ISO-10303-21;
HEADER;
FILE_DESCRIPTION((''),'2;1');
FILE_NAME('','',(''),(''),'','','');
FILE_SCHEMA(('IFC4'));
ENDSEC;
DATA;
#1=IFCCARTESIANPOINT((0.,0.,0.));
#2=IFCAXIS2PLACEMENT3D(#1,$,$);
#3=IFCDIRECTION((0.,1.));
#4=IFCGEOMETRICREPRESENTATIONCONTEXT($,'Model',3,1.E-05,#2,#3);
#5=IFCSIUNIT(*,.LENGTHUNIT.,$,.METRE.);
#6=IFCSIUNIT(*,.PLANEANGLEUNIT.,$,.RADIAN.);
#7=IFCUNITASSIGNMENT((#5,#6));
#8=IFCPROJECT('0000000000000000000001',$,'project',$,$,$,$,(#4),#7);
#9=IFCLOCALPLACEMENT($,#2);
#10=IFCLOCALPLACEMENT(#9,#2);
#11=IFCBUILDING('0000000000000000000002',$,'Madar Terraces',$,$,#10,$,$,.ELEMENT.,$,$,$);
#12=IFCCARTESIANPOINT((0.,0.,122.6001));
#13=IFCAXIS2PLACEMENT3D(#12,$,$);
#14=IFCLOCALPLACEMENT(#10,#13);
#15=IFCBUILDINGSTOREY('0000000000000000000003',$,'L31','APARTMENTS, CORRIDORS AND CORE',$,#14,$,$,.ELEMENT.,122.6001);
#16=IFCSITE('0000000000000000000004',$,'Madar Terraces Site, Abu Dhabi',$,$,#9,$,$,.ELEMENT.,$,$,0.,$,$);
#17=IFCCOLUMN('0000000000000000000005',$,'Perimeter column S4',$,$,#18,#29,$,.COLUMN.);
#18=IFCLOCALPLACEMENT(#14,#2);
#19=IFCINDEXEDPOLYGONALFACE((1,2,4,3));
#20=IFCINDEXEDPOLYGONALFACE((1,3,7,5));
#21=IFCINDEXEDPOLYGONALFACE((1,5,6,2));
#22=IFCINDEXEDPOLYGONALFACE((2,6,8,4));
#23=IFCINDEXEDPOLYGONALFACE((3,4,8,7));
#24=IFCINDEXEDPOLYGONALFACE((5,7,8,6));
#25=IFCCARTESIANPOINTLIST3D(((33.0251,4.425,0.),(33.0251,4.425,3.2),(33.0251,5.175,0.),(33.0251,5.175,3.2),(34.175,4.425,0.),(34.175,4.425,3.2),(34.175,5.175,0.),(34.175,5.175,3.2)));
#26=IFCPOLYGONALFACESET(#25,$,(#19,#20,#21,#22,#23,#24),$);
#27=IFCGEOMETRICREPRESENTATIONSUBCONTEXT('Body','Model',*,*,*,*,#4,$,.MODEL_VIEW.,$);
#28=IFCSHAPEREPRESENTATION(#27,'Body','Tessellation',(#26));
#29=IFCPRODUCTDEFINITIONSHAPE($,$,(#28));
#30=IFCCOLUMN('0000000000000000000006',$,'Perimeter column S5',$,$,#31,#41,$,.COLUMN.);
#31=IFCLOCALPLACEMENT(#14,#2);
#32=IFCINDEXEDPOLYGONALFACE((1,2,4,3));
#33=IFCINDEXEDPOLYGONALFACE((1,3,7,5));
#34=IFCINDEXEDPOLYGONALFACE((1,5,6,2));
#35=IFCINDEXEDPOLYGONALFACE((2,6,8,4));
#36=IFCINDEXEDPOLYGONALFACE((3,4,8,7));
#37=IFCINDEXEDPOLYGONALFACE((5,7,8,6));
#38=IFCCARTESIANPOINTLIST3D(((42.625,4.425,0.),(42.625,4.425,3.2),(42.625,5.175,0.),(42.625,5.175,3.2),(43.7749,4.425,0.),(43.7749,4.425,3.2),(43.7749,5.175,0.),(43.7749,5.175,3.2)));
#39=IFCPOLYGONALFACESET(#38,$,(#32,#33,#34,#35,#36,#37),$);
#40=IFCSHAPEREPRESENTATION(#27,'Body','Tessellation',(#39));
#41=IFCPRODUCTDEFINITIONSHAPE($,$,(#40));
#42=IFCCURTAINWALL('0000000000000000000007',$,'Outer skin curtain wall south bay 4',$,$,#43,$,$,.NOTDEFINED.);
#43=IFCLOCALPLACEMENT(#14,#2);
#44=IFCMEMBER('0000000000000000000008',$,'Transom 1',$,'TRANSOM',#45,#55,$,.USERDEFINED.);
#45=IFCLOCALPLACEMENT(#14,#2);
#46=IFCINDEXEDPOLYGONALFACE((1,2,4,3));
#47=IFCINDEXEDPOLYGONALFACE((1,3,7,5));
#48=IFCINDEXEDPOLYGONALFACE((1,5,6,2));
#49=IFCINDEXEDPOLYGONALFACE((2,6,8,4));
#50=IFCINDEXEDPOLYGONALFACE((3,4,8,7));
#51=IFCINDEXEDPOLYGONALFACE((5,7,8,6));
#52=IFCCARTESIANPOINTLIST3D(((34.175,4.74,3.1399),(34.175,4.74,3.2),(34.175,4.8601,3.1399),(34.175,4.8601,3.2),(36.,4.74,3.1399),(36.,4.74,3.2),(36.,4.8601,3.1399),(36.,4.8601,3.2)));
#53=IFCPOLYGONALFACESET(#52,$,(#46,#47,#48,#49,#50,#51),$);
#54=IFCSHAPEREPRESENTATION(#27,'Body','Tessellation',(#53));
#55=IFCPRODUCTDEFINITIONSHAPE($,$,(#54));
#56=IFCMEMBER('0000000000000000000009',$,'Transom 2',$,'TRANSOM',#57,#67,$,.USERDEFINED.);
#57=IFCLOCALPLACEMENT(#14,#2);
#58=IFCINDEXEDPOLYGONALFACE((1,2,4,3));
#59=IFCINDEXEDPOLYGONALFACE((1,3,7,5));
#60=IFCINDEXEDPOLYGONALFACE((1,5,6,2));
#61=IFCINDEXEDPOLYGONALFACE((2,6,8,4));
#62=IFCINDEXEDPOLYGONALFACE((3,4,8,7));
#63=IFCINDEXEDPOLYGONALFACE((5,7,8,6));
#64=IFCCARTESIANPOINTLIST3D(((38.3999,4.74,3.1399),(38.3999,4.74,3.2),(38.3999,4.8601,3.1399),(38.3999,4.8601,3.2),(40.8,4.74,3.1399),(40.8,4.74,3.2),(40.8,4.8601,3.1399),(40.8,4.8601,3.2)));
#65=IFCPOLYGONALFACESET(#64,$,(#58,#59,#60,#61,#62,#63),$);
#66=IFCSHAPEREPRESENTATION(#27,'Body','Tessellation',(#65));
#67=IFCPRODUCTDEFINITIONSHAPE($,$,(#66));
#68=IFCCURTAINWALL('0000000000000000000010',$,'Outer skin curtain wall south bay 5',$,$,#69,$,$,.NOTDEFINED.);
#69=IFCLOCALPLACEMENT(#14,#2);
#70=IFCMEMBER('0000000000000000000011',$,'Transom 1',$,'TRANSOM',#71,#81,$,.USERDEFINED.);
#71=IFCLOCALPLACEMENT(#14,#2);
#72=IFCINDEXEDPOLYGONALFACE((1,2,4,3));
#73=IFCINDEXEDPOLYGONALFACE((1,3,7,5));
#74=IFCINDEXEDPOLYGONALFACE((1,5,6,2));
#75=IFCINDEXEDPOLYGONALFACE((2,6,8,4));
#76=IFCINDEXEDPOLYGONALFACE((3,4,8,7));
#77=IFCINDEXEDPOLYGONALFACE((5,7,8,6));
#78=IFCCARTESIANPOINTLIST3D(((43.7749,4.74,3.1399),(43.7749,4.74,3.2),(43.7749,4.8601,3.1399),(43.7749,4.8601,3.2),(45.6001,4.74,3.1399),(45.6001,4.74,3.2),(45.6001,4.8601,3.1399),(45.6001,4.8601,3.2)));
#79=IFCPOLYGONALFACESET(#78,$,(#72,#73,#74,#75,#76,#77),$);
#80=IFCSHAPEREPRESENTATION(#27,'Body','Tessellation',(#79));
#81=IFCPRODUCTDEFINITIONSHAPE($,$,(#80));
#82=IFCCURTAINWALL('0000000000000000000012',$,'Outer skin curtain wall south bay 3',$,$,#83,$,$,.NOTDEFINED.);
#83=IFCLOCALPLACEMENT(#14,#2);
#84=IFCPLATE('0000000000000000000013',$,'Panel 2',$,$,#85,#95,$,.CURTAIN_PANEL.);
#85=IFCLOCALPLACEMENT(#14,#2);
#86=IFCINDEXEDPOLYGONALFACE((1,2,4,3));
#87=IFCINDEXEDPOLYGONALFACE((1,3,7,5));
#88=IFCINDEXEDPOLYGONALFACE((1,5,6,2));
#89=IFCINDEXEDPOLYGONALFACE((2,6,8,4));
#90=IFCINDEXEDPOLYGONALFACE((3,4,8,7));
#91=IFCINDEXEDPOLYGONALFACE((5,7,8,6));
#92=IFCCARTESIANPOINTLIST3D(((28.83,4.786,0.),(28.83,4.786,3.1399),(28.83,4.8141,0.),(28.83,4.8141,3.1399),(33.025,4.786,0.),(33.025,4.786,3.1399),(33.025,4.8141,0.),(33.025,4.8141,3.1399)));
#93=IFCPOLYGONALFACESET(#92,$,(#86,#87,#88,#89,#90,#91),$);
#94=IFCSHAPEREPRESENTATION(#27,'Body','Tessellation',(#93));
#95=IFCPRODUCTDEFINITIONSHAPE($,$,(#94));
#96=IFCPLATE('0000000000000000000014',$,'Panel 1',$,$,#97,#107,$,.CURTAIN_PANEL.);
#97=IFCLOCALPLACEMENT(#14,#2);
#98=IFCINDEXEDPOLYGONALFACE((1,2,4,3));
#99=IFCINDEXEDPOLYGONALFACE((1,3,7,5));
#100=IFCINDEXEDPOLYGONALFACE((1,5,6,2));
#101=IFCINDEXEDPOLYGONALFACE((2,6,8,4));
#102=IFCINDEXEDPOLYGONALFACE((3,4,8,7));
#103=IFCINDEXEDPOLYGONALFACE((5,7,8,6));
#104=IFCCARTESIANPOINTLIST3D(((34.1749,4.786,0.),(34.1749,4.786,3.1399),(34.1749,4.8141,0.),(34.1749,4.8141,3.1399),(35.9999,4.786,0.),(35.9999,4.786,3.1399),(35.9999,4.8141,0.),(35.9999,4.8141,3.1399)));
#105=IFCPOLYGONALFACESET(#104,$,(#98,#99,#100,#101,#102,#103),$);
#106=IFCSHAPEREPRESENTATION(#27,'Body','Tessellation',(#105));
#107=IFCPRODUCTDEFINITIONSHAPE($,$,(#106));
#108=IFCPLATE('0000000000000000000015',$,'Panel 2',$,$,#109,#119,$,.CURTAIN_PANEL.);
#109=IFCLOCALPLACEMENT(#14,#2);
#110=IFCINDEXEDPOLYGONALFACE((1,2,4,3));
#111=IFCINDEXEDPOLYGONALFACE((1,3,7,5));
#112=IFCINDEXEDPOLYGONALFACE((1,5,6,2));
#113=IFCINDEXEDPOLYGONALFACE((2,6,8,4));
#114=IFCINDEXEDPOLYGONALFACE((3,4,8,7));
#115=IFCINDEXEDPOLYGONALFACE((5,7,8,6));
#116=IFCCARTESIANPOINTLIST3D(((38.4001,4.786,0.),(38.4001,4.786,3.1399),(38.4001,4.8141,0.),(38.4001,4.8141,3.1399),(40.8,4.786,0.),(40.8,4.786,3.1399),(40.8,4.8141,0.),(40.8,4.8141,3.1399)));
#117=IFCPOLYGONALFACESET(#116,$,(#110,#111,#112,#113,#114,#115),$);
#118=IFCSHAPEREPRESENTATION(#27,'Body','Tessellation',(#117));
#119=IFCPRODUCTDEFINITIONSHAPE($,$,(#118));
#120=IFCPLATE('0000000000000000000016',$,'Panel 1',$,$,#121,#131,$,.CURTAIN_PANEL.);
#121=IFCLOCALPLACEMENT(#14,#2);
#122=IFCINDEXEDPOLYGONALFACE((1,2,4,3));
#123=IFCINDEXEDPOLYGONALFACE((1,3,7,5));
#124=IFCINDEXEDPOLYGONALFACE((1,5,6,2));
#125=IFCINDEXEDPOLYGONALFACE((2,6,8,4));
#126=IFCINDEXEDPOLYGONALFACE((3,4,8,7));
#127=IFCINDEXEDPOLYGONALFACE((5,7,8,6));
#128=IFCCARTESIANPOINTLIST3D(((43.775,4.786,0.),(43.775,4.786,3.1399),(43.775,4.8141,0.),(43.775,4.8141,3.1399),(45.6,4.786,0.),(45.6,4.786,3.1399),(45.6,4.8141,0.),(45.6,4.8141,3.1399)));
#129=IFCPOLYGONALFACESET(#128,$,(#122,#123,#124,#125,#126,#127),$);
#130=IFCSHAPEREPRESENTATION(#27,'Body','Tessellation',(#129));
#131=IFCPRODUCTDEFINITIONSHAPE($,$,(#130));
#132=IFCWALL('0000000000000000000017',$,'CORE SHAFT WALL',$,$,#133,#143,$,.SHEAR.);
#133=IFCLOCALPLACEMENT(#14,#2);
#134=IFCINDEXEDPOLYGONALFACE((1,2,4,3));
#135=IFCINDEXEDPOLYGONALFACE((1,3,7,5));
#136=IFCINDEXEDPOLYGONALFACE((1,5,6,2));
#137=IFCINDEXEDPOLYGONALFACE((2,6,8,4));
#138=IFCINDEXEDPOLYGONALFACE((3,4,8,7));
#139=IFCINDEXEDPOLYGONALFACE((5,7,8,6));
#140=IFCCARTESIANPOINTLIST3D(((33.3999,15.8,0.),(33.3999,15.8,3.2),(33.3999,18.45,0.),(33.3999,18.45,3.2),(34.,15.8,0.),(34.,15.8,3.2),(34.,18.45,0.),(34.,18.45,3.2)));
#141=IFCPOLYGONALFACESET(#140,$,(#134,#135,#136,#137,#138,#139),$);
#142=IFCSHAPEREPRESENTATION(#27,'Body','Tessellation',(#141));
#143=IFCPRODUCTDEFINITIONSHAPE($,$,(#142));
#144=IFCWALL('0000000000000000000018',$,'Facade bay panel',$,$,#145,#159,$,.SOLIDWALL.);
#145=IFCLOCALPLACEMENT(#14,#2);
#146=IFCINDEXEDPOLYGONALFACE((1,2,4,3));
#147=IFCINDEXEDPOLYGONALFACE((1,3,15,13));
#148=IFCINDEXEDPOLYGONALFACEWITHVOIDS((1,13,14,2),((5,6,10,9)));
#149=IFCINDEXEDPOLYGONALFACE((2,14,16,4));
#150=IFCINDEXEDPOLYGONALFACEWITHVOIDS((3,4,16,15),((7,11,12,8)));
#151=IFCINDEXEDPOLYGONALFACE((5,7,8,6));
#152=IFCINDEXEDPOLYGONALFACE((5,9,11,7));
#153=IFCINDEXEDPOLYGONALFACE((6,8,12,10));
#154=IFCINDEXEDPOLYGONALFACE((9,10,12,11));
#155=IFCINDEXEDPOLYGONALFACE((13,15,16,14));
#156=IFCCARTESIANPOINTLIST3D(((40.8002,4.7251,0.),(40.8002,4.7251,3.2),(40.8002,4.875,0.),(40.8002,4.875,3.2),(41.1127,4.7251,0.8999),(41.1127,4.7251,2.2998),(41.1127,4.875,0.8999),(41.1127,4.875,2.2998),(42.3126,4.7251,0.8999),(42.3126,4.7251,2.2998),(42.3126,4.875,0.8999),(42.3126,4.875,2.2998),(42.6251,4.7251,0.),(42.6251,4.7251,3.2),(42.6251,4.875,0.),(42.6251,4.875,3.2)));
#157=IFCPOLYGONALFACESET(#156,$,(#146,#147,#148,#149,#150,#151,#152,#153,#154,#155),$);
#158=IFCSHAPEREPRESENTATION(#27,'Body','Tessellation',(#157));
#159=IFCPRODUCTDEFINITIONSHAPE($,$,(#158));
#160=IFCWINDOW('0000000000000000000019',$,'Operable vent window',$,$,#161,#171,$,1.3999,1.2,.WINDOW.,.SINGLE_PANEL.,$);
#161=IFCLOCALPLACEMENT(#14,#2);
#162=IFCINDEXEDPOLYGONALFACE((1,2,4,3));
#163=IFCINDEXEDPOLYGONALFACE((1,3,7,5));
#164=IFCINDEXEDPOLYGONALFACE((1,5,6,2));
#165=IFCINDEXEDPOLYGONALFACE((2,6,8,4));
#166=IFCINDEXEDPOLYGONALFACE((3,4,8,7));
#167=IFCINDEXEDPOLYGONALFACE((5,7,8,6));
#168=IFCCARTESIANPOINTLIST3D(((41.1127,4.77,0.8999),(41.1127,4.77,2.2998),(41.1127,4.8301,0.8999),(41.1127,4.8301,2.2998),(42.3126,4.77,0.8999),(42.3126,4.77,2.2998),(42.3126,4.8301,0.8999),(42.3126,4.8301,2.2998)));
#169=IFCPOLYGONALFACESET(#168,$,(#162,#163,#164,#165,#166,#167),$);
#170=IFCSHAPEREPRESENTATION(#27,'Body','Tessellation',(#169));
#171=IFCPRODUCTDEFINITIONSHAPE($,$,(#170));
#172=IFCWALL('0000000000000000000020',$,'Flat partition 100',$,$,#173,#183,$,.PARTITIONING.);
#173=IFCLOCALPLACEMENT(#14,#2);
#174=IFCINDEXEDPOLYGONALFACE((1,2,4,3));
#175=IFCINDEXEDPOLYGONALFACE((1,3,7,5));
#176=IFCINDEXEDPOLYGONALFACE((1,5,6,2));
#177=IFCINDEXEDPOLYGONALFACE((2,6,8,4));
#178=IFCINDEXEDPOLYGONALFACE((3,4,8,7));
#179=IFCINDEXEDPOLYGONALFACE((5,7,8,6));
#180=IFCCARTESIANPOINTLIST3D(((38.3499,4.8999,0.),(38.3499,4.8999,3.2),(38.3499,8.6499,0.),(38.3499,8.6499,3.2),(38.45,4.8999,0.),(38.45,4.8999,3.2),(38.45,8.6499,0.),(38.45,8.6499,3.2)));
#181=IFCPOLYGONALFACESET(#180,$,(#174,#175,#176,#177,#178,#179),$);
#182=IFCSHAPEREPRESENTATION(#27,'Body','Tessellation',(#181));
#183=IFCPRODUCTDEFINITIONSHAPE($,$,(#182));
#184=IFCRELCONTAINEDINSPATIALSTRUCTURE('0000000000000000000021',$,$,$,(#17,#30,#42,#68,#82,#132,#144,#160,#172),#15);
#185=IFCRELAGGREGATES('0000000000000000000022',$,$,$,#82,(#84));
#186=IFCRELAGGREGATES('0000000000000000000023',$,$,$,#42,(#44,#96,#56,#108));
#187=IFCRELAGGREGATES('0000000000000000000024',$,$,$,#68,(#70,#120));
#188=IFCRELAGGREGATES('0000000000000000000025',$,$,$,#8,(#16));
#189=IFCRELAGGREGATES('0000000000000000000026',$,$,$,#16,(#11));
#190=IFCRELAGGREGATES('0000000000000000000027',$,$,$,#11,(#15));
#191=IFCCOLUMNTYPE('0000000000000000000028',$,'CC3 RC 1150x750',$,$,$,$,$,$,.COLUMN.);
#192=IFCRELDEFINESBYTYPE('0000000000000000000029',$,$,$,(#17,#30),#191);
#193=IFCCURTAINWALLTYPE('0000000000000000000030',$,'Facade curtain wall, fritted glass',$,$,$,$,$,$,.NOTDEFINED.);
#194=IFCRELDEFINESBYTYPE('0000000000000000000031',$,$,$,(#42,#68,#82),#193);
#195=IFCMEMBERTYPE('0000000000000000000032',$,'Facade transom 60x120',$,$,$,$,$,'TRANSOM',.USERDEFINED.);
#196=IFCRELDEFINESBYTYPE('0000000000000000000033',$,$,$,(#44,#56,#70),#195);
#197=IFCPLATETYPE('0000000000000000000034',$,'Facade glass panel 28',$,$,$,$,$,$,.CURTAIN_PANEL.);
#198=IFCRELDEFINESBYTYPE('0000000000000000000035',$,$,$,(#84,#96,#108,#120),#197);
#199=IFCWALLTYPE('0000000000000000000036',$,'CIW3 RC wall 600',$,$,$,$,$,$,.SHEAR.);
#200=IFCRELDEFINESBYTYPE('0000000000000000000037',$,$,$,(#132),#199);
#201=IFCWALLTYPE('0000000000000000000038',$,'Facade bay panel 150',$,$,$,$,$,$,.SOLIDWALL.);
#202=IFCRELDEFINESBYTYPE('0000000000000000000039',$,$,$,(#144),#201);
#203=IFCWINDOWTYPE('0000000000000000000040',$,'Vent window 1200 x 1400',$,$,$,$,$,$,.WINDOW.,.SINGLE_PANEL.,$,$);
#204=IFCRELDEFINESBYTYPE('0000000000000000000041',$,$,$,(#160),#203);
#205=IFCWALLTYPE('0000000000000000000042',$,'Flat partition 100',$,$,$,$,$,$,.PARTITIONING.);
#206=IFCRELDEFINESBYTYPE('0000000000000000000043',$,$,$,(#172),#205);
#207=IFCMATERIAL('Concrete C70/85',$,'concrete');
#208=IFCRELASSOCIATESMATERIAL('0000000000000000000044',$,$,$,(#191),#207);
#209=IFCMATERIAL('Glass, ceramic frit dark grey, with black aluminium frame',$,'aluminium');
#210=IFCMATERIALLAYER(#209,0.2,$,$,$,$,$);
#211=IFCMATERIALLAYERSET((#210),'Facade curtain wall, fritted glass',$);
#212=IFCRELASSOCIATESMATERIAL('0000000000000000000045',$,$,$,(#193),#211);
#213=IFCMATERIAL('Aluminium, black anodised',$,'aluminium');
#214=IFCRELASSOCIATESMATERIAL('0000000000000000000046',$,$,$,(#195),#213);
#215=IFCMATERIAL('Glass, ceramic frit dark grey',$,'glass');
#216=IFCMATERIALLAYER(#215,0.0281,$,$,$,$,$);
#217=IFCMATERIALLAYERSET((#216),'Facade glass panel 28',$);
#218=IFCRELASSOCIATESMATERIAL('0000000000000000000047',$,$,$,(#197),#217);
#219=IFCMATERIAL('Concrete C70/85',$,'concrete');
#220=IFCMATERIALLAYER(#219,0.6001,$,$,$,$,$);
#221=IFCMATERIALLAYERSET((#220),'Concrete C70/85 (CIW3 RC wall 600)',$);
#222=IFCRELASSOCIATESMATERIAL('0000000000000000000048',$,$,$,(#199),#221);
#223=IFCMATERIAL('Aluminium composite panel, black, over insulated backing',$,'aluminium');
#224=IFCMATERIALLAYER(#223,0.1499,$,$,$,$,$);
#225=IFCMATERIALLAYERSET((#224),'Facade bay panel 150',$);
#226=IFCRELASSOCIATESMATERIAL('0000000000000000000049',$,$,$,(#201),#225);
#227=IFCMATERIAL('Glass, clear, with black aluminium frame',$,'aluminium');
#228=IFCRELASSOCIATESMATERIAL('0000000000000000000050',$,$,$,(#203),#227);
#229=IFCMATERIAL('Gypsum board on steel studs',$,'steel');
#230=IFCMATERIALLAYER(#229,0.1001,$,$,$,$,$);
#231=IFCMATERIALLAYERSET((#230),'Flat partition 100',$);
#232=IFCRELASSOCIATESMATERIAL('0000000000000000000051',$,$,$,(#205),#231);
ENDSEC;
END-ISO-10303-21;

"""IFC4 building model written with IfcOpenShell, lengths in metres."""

from ifc_helpers import new_model, si_unit, direction, frame, frame_2d, origin, origin_2d, place, context, subcontext, project, spatial, rectangle, extrude, material, layer, layer_set, material_profile, profile_set, type_object, element, fill, aggregate, save


model = new_model("IFC4")

# Units and contexts
model_context = context("Model", 3, precision=1e-05, world=origin(), true_north=direction((0.0, 1.0)))
body_context = subcontext(model_context, "Body", "Model", "MODEL_VIEW")
ifc_project = project(units=[si_unit("LENGTHUNIT", "METRE"), si_unit("PLANEANGLEUNIT", "RADIAN")], contexts=[model_context])

# Site, building, storey
site_placement = place(None, origin())
site = spatial("IfcSite", under=ifc_project, at=site_placement, Name="Madar Terraces Site, Abu Dhabi", CompositionType="ELEMENT", RefElevation=0.0)
building_placement = place(site_placement, origin())
building = spatial("IfcBuilding", under=site, at=building_placement, Name="Madar Terraces", CompositionType="ELEMENT")
storey_placement = place(building_placement, frame((0.0, 0.0, 122.6001)))
storey = spatial("IfcBuildingStorey", under=building, at=storey_placement, Name="L31", Description="APARTMENTS, CORRIDORS AND CORE", CompositionType="ELEMENT", Elevation=122.6001)

# Columns
ifc_material_1 = material(Name="Concrete C70/85", Category="concrete")
ifc_material_profile_1 = material_profile(ifc_material_1, rectangle(XDim=1.1499, YDim=0.75, at=origin_2d()), Name="CC3 RC 1150x750")
ifc_profile_set_1 = profile_set([ifc_material_profile_1], Name="Concrete C70/85")
column_type = type_object("IfcColumnType", Name="CC3 RC 1150x750", PredefinedType="COLUMN", material=ifc_profile_set_1)
for number, where, z_axis, x_axis, name in (
    (1, (33.6001, 4.8, 0.0), (0.0, 0.0, 1.0), (1.0, 0.0, 0.0), "Perimeter column S4"),
    (2, (43.2, 4.8, 0.0), (0.0, 0.0, 1.0), (1.0, 0.0, 0.0), "Perimeter column S5"),
):
    element("IfcColumn", number, at=place(storey_placement, frame(where, z_axis=z_axis, x_axis=x_axis)), inside=storey, type_object=column_type, Name=name, PredefinedType="COLUMN", context=body_context, shape_type="SweptSolid", body=[
        extrude(rectangle(XDim=1.1499, YDim=0.75, at=origin_2d()), origin(), (0.0, 0.0, 1.0), 3.2),
    ])

# Curtain wall, members
ifc_material_2 = material(Name="Glass, ceramic frit dark grey, with black aluminium frame", Category="aluminium")
ifc_layer_1 = layer(ifc_material_2, 0.2)
ifc_layer_set_1 = layer_set([ifc_layer_1], Name="Facade curtain wall, fritted glass")
curtain_wall_type = type_object("IfcCurtainWallType", Name="Facade curtain wall, fritted glass", PredefinedType="NOTDEFINED", material=ifc_layer_set_1)
curtain_wall_1_placement = place(storey_placement, origin())
curtain_wall_1 = element("IfcCurtainWall", 3, at=curtain_wall_1_placement, inside=storey, type_object=curtain_wall_type, Name="Outer skin curtain wall south bay 4", PredefinedType="NOTDEFINED")
ifc_material_3 = material(Name="Aluminium, black anodised", Category="aluminium")
ifc_material_profile_2 = material_profile(ifc_material_3, rectangle(XDim=0.1201, YDim=0.0601, at=origin_2d()), Name="Facade transom 60x120")
ifc_profile_set_2 = profile_set([ifc_material_profile_2], Name="Aluminium, black anodised")
member_type = type_object("IfcMemberType", Name="Facade transom 60x120", ElementType="TRANSOM", PredefinedType="USERDEFINED", material=ifc_profile_set_2)
member_1_placement = place(storey_placement, frame((34.175, 4.8, 3.1699), z_axis=(1.0, 0.0, 0.0), x_axis=(0.0, 1.0, 0.0)))
member_1 = element("IfcMember", 4, at=member_1_placement, type_object=member_type, Name="Transom 1", ObjectType="TRANSOM", PredefinedType="USERDEFINED", context=body_context, shape_type="SweptSolid", body=[
    extrude(rectangle(XDim=0.1201, YDim=0.0601, at=origin_2d()), origin(), (0.0, 0.0, 1.0), 1.825),
])
member_2_placement = place(storey_placement, frame((38.3999, 4.8, 3.1699), z_axis=(1.0, 0.0, 0.0), x_axis=(0.0, 1.0, 0.0)))
member_2 = element("IfcMember", 5, at=member_2_placement, type_object=member_type, Name="Transom 2", ObjectType="TRANSOM", PredefinedType="USERDEFINED", context=body_context, shape_type="SweptSolid", body=[
    extrude(rectangle(XDim=0.1201, YDim=0.0601, at=origin_2d()), origin(), (0.0, 0.0, 1.0), 2.4001),
])

# Curtain wall, member
curtain_wall_2_placement = place(storey_placement, origin())
curtain_wall_2 = element("IfcCurtainWall", 6, at=curtain_wall_2_placement, inside=storey, type_object=curtain_wall_type, Name="Outer skin curtain wall south bay 5", PredefinedType="NOTDEFINED")
member_3_placement = place(storey_placement, frame((43.7749, 4.8, 3.1699), z_axis=(1.0, 0.0, 0.0), x_axis=(0.0, 1.0, 0.0)))
member_3 = element("IfcMember", 7, at=member_3_placement, type_object=member_type, Name="Transom 1", ObjectType="TRANSOM", PredefinedType="USERDEFINED", context=body_context, shape_type="SweptSolid", body=[
    extrude(rectangle(XDim=0.1201, YDim=0.0601, at=origin_2d()), origin(), (0.0, 0.0, 1.0), 1.8252),
])

# Curtain wall, plate
curtain_wall_3_placement = place(storey_placement, origin())
curtain_wall_3 = element("IfcCurtainWall", 8, at=curtain_wall_3_placement, inside=storey, type_object=curtain_wall_type, Name="Outer skin curtain wall south bay 3", PredefinedType="NOTDEFINED")
ifc_material_4 = material(Name="Glass, ceramic frit dark grey", Category="glass")
ifc_layer_2 = layer(ifc_material_4, 0.0281)
ifc_layer_set_2 = layer_set([ifc_layer_2], Name="Facade glass panel 28")
plate_type = type_object("IfcPlateType", Name="Facade glass panel 28", PredefinedType="CURTAIN_PANEL", material=ifc_layer_set_2)
plate_1_placement = place(storey_placement, frame((30.9275, 4.8, 0.0), z_axis=(0.0, 0.0, 1.0), x_axis=(1.0, 0.0, 0.0)))
plate_1 = element("IfcPlate", 9, at=plate_1_placement, type_object=plate_type, Name="Panel 2", PredefinedType="CURTAIN_PANEL", context=body_context, shape_type="SweptSolid", body=[
    extrude(rectangle(XDim=4.1951, YDim=0.0281, at=origin_2d()), origin(), (0.0, 0.0, 1.0), 3.1399),
])
aggregate(curtain_wall_3, [plate_1])

# Plates
plate_2_placement = place(storey_placement, frame((35.0874, 4.8, 0.0), z_axis=(0.0, 0.0, 1.0), x_axis=(1.0, 0.0, 0.0)))
plate_2 = element("IfcPlate", 10, at=plate_2_placement, type_object=plate_type, Name="Panel 1", PredefinedType="CURTAIN_PANEL", context=body_context, shape_type="SweptSolid", body=[
    extrude(rectangle(XDim=1.825, YDim=0.0281, at=origin_2d()), origin(), (0.0, 0.0, 1.0), 3.1399),
])
plate_3_placement = place(storey_placement, frame((39.6001, 4.8, 0.0), z_axis=(0.0, 0.0, 1.0), x_axis=(1.0, 0.0, 0.0)))
plate_3 = element("IfcPlate", 11, at=plate_3_placement, type_object=plate_type, Name="Panel 2", PredefinedType="CURTAIN_PANEL", context=body_context, shape_type="SweptSolid", body=[
    extrude(rectangle(XDim=2.3999, YDim=0.0281, at=origin_2d()), origin(), (0.0, 0.0, 1.0), 3.1399),
])
aggregate(curtain_wall_1, [member_1, plate_2, member_2, plate_3])
plate_4_placement = place(storey_placement, frame((44.6875, 4.8, 0.0), z_axis=(0.0, 0.0, 1.0), x_axis=(1.0, 0.0, 0.0)))
plate_4 = element("IfcPlate", 12, at=plate_4_placement, type_object=plate_type, Name="Panel 1", PredefinedType="CURTAIN_PANEL", context=body_context, shape_type="SweptSolid", body=[
    extrude(rectangle(XDim=1.825, YDim=0.0281, at=origin_2d()), origin(), (0.0, 0.0, 1.0), 3.1399),
])
aggregate(curtain_wall_2, [member_3, plate_4])

# Wall
ifc_material_5 = material(Name="Concrete C70/85", Category="concrete")
ifc_layer_3 = layer(ifc_material_5, 0.6001)
ifc_layer_set_3 = layer_set([ifc_layer_3], Name="Concrete C70/85 (CIW3 RC wall 600)")
wall_type_1 = type_object("IfcWallType", Name="CIW3 RC wall 600", PredefinedType="SHEAR", material=ifc_layer_set_3)
wall_1_placement = place(storey_placement, frame((33.7, 15.8, 0.0), z_axis=(0.0, 0.0, 1.0), x_axis=(0.0, 1.0, 0.0)))
element("IfcWall", 13, at=wall_1_placement, inside=storey, type_object=wall_type_1, Name="CORE SHAFT WALL", PredefinedType="SHEAR", context=body_context, shape_type="SweptSolid", body=[
    extrude(rectangle(XDim=2.6499, YDim=0.6001, at=frame_2d((1.325, 0.0))), origin(), (0.0, 0.0, 1.0), 3.2),
])

# Shared definitions
ifc_material_6 = material(Name="Aluminium composite panel, black, over insulated backing", Category="aluminium")
ifc_layer_4 = layer(ifc_material_6, 0.1499)
ifc_layer_set_4 = layer_set([ifc_layer_4], Name="Facade bay panel 150")
wall_type_2 = type_object("IfcWallType", Name="Facade bay panel 150", PredefinedType="SOLIDWALL", material=ifc_layer_set_4)

# Wall, opening, window
wall_2_placement = place(storey_placement, frame((40.8, 4.8, 0.0), z_axis=(0.0, 0.0, 1.0), x_axis=(1.0, 0.0, 0.0)))
wall_2 = element("IfcWall", 14, at=wall_2_placement, inside=storey, type_object=wall_type_2, Name="Facade bay panel", PredefinedType="SOLIDWALL", context=body_context, shape_type="SweptSolid", body=[
    extrude(rectangle(XDim=1.825, YDim=0.1499, at=frame_2d((0.9126, 0.0))), origin(), (0.0, 0.0, 1.0), 3.2),
])
opening_1_placement = place(wall_2_placement, frame((0.3125, 0.0, 0.8999)))
opening_1 = element("IfcOpeningElement", 15, at=opening_1_placement, cuts=wall_2, PredefinedType="OPENING", context=body_context, shape_type="SweptSolid", body=[
    extrude(rectangle(XDim=1.2, YDim=1.3999, at=frame_2d((0.6001, 0.7))), frame((0.0, 0.085, 0.0), z_axis=(0.0, -1.0, 0.0), x_axis=(1.0, 0.0, 0.0)), (0.0, 0.0, 1.0), 0.1699),
])
ifc_material_7 = material(Name="Glass, clear, with black aluminium frame", Category="aluminium")
window_type = type_object("IfcWindowType", Name="Vent window 1200 x 1400", PartitioningType="SINGLE_PANEL", PredefinedType="WINDOW", material=ifc_material_7)
window_placement = place(opening_1_placement, origin())
window = element("IfcWindow", 16, at=window_placement, inside=storey, type_object=window_type, Name="Operable vent window", OverallHeight=1.3999, OverallWidth=1.2, PartitioningType="SINGLE_PANEL", PredefinedType="WINDOW", context=body_context, shape_type="SweptSolid", body=[
    extrude(rectangle(XDim=1.2, YDim=1.3999, at=frame_2d((0.6001, 0.7))), frame((0.0, 0.03, 0.0), z_axis=(0.0, -1.0, 0.0), x_axis=(1.0, 0.0, 0.0)), (0.0, 0.0, 1.0), 0.0601),
])
fill(opening_1, window)

# Wall
ifc_material_8 = material(Name="Gypsum board on steel studs", Category="steel")
ifc_layer_5 = layer(ifc_material_8, 0.1001)
ifc_layer_set_5 = layer_set([ifc_layer_5], Name="Flat partition 100")
wall_type_3 = type_object("IfcWallType", Name="Flat partition 100", PredefinedType="PARTITIONING", material=ifc_layer_set_5)
for number, where, z_axis, x_axis, name in (
    (17, (38.3999, 8.6499, 0.0), (0.0, 0.0, 1.0), (0.0, -1.0, 0.0), "Flat partition 100"),
):
    element("IfcWall", number, at=place(storey_placement, frame(where, z_axis=z_axis, x_axis=x_axis)), inside=storey, type_object=wall_type_3, Name=name, PredefinedType="PARTITIONING", context=body_context, shape_type="SweptSolid", body=[
        extrude(rectangle(XDim=3.75, YDim=0.1001, at=frame_2d((1.875, 0.0))), origin(), (0.0, 0.0, 1.0), 3.2),
    ])

save(model, "model.ifc")
